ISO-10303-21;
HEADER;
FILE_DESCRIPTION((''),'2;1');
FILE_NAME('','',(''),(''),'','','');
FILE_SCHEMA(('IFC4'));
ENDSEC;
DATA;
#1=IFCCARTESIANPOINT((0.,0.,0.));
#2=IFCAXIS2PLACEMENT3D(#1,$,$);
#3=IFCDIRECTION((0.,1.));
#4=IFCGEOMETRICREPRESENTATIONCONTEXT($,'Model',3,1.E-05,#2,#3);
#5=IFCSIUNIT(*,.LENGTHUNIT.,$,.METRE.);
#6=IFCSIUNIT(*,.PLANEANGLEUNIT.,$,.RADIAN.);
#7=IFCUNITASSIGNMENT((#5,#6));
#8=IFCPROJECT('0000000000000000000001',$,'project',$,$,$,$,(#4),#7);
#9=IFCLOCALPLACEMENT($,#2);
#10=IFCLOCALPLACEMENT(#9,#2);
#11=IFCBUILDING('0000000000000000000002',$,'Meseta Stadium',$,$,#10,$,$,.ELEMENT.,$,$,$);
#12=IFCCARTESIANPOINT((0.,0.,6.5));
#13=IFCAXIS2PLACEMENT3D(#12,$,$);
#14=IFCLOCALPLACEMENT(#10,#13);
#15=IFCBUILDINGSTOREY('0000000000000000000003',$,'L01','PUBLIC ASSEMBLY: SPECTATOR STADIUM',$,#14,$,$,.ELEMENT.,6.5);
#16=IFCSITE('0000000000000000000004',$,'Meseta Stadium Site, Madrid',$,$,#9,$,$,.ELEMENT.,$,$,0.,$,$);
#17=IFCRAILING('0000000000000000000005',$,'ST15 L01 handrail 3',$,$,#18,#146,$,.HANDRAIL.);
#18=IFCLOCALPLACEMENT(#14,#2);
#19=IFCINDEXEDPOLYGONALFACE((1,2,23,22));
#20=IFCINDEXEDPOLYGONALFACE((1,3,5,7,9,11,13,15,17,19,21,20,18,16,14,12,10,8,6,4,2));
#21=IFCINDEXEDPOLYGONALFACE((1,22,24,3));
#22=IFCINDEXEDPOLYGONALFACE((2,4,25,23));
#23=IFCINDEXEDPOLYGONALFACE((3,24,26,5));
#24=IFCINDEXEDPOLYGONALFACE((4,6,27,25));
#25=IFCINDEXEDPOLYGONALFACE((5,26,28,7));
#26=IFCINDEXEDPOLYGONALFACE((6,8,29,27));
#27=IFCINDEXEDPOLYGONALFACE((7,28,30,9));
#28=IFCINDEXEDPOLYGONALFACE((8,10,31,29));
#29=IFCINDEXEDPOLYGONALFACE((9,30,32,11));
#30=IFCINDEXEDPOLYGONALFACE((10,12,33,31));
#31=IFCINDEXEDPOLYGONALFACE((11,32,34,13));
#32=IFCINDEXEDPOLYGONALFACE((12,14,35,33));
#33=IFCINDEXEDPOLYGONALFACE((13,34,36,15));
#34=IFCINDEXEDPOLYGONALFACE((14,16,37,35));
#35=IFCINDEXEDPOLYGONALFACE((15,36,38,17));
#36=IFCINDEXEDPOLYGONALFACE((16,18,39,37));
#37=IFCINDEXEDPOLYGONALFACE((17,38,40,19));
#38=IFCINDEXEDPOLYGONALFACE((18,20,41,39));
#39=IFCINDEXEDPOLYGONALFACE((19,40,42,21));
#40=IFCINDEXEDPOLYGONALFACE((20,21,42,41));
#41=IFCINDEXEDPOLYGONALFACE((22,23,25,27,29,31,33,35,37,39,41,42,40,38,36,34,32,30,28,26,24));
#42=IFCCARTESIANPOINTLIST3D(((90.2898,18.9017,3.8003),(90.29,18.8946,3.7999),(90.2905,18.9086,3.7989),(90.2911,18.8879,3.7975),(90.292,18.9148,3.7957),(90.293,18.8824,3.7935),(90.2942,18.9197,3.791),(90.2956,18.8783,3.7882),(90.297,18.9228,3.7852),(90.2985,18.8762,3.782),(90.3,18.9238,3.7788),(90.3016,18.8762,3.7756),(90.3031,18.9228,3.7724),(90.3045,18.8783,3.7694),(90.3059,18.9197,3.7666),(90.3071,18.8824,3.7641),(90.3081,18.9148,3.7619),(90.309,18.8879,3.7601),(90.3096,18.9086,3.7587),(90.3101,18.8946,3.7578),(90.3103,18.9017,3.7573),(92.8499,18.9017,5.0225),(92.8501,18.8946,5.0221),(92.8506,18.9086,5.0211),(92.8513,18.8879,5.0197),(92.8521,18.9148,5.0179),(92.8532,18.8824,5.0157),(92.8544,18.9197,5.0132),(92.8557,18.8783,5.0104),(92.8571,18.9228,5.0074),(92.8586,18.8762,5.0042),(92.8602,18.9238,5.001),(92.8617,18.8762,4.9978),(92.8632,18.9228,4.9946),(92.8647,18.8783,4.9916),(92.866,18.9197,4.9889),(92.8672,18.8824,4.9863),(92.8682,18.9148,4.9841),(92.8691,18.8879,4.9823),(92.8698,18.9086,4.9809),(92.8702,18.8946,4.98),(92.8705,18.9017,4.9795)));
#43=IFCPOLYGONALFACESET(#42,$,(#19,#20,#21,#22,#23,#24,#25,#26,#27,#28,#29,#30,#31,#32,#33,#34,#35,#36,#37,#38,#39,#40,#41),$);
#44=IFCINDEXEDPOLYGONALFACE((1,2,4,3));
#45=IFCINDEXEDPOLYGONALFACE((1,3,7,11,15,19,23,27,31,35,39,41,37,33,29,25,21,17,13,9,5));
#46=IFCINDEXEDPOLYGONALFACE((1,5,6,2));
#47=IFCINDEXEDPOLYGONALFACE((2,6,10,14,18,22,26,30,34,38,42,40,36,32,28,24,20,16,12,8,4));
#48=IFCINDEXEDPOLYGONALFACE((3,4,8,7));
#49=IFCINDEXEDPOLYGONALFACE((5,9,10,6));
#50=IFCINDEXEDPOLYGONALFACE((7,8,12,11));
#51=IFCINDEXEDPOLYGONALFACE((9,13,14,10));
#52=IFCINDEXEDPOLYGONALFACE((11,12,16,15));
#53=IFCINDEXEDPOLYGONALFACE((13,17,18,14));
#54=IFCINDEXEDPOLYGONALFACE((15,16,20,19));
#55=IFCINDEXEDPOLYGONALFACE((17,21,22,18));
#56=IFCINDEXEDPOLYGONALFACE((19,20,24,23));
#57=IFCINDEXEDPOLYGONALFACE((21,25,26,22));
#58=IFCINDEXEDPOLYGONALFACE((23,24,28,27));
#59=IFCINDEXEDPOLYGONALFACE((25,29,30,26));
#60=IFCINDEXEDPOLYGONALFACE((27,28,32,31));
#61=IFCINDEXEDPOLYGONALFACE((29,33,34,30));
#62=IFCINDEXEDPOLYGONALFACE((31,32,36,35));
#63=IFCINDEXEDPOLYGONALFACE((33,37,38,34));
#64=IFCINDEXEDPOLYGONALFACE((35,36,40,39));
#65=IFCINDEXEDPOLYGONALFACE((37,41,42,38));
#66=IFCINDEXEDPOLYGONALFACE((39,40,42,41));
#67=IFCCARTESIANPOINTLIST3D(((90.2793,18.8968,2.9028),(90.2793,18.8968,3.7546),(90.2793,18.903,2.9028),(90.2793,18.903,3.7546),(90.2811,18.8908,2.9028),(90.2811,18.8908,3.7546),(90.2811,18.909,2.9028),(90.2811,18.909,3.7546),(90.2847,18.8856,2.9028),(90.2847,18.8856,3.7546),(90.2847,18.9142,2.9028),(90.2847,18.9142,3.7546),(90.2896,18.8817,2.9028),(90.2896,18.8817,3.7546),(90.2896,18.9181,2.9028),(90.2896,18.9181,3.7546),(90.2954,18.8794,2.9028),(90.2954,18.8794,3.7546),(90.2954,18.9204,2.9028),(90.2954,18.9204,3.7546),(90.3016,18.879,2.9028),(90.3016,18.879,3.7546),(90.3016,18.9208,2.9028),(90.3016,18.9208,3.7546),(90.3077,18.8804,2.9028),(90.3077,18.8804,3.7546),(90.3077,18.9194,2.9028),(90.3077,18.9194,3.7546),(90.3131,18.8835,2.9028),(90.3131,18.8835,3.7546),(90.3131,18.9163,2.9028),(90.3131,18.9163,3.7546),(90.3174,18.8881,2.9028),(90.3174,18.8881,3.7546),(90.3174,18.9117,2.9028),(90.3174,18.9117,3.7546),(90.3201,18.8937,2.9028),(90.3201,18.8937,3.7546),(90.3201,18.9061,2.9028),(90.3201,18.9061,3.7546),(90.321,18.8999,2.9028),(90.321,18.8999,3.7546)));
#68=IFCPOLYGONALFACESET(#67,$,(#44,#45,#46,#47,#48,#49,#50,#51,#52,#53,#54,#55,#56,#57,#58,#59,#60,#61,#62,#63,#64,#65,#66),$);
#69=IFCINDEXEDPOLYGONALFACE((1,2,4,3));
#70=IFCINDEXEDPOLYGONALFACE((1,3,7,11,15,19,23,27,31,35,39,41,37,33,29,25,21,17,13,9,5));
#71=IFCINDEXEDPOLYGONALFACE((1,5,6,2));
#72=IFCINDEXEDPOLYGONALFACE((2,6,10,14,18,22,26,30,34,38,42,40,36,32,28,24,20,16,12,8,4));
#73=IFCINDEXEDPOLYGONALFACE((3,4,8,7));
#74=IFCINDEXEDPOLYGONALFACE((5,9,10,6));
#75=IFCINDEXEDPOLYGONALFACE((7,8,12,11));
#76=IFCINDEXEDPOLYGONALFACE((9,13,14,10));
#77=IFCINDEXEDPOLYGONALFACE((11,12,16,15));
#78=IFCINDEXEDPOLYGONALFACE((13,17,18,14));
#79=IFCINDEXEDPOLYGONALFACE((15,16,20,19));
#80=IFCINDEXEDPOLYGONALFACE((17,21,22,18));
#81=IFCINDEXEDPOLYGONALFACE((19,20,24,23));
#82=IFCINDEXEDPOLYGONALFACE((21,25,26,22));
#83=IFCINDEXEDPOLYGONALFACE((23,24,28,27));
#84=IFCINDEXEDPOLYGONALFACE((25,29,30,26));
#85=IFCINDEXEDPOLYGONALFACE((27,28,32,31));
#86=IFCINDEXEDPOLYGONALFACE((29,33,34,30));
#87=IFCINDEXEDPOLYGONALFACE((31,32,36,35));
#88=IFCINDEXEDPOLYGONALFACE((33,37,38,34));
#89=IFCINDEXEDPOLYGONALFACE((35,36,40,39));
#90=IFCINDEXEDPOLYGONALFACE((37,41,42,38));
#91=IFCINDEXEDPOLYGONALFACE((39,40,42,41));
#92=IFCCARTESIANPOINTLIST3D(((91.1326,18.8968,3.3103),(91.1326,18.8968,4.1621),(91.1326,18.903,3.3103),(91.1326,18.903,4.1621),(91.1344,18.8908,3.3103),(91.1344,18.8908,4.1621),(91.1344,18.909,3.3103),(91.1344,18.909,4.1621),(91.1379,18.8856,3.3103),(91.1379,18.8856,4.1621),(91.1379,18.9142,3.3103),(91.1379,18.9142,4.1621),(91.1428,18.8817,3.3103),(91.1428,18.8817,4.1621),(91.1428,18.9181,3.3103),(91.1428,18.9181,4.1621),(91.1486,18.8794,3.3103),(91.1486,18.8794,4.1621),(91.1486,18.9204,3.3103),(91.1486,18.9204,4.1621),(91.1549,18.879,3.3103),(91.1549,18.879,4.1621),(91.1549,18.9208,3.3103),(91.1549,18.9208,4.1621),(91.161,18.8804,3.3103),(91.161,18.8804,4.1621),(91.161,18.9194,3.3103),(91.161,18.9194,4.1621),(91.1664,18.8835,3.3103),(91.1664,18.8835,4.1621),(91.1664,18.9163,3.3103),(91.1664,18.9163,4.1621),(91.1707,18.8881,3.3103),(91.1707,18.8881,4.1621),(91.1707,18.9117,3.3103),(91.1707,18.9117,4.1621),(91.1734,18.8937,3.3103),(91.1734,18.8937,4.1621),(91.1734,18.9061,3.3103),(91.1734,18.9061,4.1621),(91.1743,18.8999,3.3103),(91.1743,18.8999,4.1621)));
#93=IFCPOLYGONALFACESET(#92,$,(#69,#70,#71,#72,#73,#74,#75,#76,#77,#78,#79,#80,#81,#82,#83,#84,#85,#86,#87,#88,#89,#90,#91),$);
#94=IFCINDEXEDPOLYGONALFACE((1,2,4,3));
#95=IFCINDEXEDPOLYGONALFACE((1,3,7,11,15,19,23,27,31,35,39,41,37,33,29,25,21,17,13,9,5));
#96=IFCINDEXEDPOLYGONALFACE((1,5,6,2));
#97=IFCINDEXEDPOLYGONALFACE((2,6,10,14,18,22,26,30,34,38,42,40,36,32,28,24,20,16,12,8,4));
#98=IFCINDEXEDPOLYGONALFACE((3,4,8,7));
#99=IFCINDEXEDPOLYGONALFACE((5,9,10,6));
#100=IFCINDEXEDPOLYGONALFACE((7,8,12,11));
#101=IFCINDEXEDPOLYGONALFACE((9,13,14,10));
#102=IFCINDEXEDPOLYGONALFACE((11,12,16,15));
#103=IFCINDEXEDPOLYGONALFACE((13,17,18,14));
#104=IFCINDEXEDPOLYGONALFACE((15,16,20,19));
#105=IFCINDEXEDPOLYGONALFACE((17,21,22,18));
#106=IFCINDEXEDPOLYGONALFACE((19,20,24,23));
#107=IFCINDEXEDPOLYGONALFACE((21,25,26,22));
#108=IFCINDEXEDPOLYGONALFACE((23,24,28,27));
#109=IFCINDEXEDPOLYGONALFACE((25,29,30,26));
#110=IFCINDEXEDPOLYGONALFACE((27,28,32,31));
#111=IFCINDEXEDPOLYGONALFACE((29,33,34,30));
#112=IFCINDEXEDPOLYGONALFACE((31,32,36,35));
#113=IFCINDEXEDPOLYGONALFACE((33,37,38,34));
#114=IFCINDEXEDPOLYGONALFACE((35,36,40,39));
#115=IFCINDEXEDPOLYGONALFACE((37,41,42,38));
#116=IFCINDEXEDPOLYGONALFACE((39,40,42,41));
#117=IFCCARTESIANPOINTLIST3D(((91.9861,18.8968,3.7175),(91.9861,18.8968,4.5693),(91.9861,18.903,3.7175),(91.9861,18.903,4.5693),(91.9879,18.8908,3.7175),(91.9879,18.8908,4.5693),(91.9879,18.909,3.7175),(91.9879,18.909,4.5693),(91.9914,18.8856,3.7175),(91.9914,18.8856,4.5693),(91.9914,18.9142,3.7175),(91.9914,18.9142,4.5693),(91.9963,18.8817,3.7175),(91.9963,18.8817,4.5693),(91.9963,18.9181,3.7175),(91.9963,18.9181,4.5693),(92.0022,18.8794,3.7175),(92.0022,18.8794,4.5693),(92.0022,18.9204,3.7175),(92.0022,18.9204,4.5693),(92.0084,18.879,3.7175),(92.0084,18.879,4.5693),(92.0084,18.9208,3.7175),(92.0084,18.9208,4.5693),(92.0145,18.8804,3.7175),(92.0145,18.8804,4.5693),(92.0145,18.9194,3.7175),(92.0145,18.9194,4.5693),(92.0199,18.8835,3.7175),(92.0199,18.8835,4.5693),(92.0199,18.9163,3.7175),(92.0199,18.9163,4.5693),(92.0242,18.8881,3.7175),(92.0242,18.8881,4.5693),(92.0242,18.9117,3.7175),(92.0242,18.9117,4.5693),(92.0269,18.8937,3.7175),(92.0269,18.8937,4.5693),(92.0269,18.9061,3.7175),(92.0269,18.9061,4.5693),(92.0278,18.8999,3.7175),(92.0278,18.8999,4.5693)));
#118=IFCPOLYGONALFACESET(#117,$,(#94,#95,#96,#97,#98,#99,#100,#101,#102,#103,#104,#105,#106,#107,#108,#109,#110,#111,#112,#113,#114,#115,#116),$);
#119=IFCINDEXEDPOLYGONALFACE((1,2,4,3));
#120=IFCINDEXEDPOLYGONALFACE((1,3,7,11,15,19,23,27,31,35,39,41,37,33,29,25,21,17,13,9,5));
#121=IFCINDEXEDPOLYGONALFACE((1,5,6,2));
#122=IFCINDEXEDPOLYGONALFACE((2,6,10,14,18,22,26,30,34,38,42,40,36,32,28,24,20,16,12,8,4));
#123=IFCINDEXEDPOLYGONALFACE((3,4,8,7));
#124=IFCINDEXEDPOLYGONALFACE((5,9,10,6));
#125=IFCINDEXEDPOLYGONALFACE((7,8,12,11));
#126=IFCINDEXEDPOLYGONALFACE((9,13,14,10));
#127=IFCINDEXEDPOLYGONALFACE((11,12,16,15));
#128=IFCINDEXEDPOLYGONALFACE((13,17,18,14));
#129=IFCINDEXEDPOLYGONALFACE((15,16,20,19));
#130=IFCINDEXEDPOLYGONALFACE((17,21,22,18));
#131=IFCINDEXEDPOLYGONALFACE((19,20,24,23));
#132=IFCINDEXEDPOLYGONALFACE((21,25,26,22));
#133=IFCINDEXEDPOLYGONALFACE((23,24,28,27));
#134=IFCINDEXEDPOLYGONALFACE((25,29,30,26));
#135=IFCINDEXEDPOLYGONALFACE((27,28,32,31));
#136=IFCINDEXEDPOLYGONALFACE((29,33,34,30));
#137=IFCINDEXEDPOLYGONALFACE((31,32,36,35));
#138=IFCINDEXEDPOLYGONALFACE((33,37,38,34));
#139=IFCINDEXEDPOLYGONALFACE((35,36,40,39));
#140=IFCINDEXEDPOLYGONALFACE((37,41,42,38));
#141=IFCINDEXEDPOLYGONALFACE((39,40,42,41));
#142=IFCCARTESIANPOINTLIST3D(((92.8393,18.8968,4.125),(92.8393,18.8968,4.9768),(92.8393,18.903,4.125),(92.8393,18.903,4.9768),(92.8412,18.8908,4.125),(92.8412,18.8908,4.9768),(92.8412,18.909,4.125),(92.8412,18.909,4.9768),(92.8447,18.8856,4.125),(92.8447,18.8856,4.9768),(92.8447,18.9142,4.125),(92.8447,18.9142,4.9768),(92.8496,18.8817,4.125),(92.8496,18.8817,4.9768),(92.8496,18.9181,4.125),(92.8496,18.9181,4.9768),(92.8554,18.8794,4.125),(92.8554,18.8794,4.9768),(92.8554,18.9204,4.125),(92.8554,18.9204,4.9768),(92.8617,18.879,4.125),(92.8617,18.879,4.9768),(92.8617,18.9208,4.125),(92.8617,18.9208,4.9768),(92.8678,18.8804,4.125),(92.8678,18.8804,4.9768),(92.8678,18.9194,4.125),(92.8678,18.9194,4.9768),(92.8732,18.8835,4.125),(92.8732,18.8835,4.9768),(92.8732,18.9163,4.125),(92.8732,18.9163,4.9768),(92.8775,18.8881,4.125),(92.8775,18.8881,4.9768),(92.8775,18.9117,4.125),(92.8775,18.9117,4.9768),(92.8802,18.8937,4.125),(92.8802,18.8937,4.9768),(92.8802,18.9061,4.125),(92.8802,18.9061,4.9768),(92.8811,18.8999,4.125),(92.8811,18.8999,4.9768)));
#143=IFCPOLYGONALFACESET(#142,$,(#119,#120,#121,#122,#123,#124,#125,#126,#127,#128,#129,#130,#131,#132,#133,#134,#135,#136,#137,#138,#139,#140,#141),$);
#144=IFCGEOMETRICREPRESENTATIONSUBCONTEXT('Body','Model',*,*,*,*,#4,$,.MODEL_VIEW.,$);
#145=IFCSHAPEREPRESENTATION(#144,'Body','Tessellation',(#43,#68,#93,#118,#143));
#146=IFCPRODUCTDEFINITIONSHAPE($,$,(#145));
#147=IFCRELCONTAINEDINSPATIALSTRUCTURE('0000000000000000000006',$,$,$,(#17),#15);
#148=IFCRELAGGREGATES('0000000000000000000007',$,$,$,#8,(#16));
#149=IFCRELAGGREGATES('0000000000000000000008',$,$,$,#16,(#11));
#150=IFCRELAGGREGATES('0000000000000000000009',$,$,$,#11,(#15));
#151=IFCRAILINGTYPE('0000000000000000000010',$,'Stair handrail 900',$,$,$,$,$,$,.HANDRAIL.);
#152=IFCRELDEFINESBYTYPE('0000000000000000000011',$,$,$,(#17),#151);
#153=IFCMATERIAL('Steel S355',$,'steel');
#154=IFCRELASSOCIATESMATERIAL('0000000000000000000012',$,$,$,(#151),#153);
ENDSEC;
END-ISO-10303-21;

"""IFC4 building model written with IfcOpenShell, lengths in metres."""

from ifc_helpers import new_model, si_unit, direction, frame, origin, origin_2d, place, context, subcontext, project, spatial, circle, extrude, material, type_object, element, save


model = new_model("IFC4")

# Units and contexts
model_context = context("Model", 3, precision=1e-05, world=origin(), true_north=direction((0.0, 1.0)))
body_context = subcontext(model_context, "Body", "Model", "MODEL_VIEW")
ifc_project = project(units=[si_unit("LENGTHUNIT", "METRE"), si_unit("PLANEANGLEUNIT", "RADIAN")], contexts=[model_context])

# Site, building, storey
site_placement = place(None, origin())
site = spatial("IfcSite", under=ifc_project, at=site_placement, Name="Meseta Stadium Site, Madrid", CompositionType="ELEMENT", RefElevation=0.0)
building_placement = place(site_placement, origin())
building = spatial("IfcBuilding", under=site, at=building_placement, Name="Meseta Stadium", CompositionType="ELEMENT")
storey_placement = place(building_placement, frame((0.0, 0.0, 6.5)))
storey = spatial("IfcBuildingStorey", under=building, at=storey_placement, Name="L01", Description="PUBLIC ASSEMBLY: SPECTATOR STADIUM", CompositionType="ELEMENT", Elevation=6.5)

# Railing
ifc_material_1 = material(Name="Steel S355", Category="steel")
railing_type_1 = type_object("IfcRailingType", Name="Stair handrail 900", PredefinedType="HANDRAIL", material=ifc_material_1)
for number, where, name in (
    (1, (90.3, 18.8999, 2.9028), "ST15 L01 handrail 3"),
):
    element("IfcRailing", number, at=place(storey_placement, frame(where)), inside=storey, type_object=railing_type_1, Name=name, PredefinedType="HANDRAIL", context=body_context, shape_type="SweptSolid", body=[
        extrude(circle(Radius=0.0239, at=origin_2d()), frame((0.0, 0.0, 0.876), z_axis=(0.902437, 0.0, 0.430822), x_axis=(0.0, 1.0, 0.0)), (0.0, 0.0, 1.0), 2.8369),
        extrude(circle(Radius=0.021, at=origin_2d()), origin(), (0.0, 0.0, 1.0), 0.8518),
        extrude(circle(Radius=0.021, at=origin_2d()), frame((0.8533, 0.0, 0.4075)), (0.0, 0.0, 1.0), 0.8518),
        extrude(circle(Radius=0.021, at=origin_2d()), frame((1.7068, 0.0, 0.8147)), (0.0, 0.0, 1.0), 0.8518),
        extrude(circle(Radius=0.021, at=origin_2d()), frame((2.5601, 0.0, 1.2222)), (0.0, 0.0, 1.0), 0.8518),
    ])

save(model, "model.ifc")
